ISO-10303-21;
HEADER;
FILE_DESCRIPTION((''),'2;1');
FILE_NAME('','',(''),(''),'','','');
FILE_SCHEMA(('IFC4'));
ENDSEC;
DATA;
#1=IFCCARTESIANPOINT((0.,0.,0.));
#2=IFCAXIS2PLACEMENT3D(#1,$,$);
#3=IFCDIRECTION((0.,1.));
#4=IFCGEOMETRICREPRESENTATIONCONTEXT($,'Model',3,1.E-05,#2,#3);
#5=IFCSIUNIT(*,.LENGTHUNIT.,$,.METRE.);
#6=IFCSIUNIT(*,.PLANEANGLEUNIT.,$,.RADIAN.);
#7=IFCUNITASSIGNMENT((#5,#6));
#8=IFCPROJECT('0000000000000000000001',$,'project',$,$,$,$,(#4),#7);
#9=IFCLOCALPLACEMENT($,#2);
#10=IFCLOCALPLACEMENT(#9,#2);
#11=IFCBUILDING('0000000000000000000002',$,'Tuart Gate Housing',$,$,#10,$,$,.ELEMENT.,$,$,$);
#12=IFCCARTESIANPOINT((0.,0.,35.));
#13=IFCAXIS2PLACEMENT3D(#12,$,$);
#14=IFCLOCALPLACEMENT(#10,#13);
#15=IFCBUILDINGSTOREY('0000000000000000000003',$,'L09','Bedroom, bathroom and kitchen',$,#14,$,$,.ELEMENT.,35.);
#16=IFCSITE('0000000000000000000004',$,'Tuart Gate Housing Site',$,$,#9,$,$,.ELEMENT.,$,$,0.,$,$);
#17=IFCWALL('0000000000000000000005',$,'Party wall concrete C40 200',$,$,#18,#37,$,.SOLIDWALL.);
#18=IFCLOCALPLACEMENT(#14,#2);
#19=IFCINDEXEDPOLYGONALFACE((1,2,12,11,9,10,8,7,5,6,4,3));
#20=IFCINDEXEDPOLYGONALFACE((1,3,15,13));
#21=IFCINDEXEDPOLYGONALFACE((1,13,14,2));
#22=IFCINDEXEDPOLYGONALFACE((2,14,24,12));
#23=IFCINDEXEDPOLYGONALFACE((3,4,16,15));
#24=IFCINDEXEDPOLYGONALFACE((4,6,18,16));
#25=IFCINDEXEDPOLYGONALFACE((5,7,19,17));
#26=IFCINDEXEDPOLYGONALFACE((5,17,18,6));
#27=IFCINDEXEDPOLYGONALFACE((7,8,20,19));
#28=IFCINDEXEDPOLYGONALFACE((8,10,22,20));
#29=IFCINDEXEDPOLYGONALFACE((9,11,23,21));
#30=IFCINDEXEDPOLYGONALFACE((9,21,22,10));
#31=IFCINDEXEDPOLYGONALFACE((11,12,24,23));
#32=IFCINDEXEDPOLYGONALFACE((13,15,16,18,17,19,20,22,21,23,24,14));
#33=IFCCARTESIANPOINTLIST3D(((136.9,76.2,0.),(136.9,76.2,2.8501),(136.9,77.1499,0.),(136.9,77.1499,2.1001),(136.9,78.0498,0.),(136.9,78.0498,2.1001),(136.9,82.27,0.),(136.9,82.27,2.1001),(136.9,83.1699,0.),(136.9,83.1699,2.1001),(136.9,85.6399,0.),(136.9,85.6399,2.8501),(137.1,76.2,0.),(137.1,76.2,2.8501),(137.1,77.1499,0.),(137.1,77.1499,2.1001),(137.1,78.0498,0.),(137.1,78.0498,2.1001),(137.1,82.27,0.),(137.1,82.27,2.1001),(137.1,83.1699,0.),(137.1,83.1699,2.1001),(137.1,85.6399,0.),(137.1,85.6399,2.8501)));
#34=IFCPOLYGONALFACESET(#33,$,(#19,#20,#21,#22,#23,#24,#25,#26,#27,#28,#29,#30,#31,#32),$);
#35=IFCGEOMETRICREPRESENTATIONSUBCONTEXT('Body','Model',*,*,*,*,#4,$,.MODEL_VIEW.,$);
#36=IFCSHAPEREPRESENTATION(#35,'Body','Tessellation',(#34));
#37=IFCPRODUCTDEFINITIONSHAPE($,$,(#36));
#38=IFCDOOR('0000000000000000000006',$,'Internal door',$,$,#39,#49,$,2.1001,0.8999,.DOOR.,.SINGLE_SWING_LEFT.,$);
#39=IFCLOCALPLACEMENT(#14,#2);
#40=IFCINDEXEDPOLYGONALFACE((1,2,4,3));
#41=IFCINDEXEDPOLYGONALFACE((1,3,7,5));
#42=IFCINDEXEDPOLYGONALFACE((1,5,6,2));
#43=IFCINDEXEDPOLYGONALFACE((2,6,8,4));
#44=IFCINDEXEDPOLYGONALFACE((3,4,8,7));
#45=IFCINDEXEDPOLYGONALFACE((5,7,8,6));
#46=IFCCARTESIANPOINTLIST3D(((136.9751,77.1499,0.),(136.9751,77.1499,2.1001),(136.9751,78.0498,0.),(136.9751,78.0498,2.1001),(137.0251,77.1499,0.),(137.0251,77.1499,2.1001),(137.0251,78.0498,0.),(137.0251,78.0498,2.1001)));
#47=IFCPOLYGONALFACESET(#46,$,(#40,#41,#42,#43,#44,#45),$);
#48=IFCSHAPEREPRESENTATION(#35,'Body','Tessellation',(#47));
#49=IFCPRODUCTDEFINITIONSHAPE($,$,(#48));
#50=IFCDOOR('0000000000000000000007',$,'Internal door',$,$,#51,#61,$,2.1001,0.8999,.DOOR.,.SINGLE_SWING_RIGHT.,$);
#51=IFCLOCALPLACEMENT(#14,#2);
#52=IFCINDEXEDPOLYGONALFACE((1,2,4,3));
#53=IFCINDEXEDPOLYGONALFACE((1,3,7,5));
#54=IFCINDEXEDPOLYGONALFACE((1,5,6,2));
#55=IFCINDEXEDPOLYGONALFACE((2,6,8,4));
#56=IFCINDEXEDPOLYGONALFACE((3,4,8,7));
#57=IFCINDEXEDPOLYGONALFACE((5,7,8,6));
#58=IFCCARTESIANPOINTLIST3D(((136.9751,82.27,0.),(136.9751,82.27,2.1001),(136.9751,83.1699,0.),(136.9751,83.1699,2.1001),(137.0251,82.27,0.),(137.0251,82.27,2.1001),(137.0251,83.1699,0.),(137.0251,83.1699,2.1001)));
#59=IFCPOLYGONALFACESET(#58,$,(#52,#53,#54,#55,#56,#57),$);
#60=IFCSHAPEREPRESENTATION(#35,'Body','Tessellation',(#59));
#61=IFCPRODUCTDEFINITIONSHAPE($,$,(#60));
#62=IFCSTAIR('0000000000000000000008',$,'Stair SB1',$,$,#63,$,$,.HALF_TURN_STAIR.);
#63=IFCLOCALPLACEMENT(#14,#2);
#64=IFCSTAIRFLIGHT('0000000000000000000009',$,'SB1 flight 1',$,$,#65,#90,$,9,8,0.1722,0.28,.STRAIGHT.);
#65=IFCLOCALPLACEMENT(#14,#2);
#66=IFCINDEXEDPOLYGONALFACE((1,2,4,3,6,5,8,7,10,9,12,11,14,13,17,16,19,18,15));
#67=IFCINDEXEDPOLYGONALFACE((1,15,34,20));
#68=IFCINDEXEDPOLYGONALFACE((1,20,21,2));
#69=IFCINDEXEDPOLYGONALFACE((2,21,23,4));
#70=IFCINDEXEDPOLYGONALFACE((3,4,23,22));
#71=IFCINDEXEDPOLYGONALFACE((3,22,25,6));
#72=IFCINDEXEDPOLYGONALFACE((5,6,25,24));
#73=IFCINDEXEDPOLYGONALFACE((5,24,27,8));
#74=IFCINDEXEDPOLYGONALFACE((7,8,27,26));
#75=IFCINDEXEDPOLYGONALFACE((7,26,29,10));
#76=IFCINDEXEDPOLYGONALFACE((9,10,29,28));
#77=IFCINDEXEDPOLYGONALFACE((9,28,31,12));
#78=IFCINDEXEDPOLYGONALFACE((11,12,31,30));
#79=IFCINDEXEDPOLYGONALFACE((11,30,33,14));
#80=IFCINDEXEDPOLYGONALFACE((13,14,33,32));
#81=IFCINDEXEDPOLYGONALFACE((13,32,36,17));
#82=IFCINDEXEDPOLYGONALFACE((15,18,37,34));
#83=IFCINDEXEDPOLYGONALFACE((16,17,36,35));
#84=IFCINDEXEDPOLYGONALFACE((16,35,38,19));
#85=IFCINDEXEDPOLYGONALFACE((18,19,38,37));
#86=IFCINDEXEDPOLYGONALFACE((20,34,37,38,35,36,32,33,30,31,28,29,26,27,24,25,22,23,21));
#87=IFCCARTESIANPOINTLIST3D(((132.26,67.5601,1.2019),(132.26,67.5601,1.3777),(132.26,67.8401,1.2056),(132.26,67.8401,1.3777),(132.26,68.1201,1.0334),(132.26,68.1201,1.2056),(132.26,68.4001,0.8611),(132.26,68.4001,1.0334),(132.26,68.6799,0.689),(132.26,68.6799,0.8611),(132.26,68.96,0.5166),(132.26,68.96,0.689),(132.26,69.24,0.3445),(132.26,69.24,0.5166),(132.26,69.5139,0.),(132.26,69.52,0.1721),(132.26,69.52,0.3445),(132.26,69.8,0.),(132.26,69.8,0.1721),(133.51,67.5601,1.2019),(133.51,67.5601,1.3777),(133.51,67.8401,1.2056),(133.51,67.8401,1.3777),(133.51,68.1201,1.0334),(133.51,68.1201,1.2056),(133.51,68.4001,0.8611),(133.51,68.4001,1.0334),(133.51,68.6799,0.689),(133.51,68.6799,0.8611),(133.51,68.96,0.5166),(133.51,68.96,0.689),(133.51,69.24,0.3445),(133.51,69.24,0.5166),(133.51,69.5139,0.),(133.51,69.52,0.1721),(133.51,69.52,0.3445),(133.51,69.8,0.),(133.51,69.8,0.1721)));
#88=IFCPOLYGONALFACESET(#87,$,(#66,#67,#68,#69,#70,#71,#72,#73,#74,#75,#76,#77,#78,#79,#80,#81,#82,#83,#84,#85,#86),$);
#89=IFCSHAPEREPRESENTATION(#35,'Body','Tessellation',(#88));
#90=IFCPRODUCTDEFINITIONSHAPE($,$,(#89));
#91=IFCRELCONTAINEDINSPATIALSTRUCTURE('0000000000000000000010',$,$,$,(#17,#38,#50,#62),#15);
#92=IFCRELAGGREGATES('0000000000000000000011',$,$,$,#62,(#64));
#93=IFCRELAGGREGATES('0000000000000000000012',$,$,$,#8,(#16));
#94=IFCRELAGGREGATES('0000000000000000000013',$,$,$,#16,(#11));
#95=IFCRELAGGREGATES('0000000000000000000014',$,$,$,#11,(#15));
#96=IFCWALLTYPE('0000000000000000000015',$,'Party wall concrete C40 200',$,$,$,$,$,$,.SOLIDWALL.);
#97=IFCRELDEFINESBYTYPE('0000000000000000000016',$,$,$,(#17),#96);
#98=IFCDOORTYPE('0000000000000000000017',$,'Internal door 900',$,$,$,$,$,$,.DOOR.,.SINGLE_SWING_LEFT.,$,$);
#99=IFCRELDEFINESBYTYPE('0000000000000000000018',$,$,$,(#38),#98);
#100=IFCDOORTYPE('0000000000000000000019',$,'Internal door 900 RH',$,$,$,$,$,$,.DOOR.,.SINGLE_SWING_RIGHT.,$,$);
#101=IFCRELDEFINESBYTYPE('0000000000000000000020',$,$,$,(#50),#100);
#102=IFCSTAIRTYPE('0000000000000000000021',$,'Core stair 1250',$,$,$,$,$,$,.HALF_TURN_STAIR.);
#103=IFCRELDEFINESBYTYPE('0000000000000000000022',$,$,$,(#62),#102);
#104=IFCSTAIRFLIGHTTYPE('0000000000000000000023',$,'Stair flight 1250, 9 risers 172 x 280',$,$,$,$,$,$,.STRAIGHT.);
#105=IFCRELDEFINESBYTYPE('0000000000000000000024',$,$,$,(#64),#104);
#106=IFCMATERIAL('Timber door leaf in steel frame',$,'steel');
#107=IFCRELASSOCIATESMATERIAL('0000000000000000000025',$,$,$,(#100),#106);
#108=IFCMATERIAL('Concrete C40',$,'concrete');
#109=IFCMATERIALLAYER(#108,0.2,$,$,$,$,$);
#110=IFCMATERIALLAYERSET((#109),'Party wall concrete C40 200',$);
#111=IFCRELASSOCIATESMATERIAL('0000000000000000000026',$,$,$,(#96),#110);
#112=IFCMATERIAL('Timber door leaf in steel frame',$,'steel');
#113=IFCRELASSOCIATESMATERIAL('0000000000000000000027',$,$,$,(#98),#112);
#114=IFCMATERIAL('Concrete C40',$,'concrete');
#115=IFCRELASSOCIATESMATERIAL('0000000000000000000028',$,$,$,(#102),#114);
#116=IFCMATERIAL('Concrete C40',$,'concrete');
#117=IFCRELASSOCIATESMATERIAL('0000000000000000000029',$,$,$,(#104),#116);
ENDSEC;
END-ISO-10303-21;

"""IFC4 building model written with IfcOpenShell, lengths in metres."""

from ifc_helpers import new_model, si_unit, direction, frame, frame_2d, origin, place, context, subcontext, project, spatial, polyline, rectangle, outline, extrude, material, layer, layer_set, type_object, element, fill, aggregate, save


model = new_model("IFC4")

# Units and contexts
model_context = context("Model", 3, precision=1e-05, world=origin(), true_north=direction((0.0, 1.0)))
body_context = subcontext(model_context, "Body", "Model", "MODEL_VIEW")
ifc_project = project(units=[si_unit("LENGTHUNIT", "METRE"), si_unit("PLANEANGLEUNIT", "RADIAN")], contexts=[model_context])

# Site, building, storey
site_placement = place(None, origin())
site = spatial("IfcSite", under=ifc_project, at=site_placement, Name="Tuart Gate Housing Site", CompositionType="ELEMENT", RefElevation=0.0)
building_placement = place(site_placement, origin())
building = spatial("IfcBuilding", under=site, at=building_placement, Name="Tuart Gate Housing", CompositionType="ELEMENT")
storey_placement = place(building_placement, frame((0.0, 0.0, 35.0)))
storey = spatial("IfcBuildingStorey", under=building, at=storey_placement, Name="L09", Description="Bedroom, bathroom and kitchen", CompositionType="ELEMENT", Elevation=35.0)

# Wall, openings, doors
ifc_material_1 = material(Name="Timber door leaf in steel frame", Category="steel")
door_type_1 = type_object("IfcDoorType", Name="Internal door 900 RH", OperationType="SINGLE_SWING_RIGHT", PredefinedType="DOOR", material=ifc_material_1)
ifc_material_2 = material(Name="Concrete C40", Category="concrete")
ifc_layer_1 = layer(ifc_material_2, 0.2)
ifc_layer_set_1 = layer_set([ifc_layer_1], Name="Party wall concrete C40 200")
wall_type_1 = type_object("IfcWallType", Name="Party wall concrete C40 200", PredefinedType="SOLIDWALL", material=ifc_layer_set_1)
wall_1_placement = place(storey_placement, frame((137.0, 76.2, 0.0), z_axis=(0.0, 0.0, 1.0), x_axis=(0.0, 1.0, 0.0)))
wall_1 = element("IfcWall", 1, at=wall_1_placement, inside=storey, type_object=wall_type_1, Name="Party wall concrete C40 200", PredefinedType="SOLIDWALL", context=body_context, shape_type="SweptSolid", body=[
    extrude(rectangle(XDim=9.4399, YDim=0.2, at=frame_2d((4.72, 0.0))), origin(), (0.0, 0.0, 1.0), 2.8501),
])
opening_1_placement = place(wall_1_placement, frame((6.0701, 0.0, 0.0)))
opening_1 = element("IfcOpeningElement", 2, at=opening_1_placement, cuts=wall_1, PredefinedType="OPENING", context=body_context, shape_type="SweptSolid", body=[
    extrude(rectangle(XDim=0.8999, YDim=2.1001, at=frame_2d((0.45, 1.05))), frame((0.0, 0.1099, 0.0), z_axis=(0.0, -1.0, 0.0), x_axis=(1.0, 0.0, 0.0)), (0.0, 0.0, 1.0), 0.22),
])
opening_2_placement = place(wall_1_placement, frame((0.95, 0.0, 0.0)))
opening_2 = element("IfcOpeningElement", 3, at=opening_2_placement, cuts=wall_1, PredefinedType="OPENING", context=body_context, shape_type="SweptSolid", body=[
    extrude(rectangle(XDim=0.8999, YDim=2.1001, at=frame_2d((0.45, 1.05))), frame((0.0, 0.1099, 0.0), z_axis=(0.0, -1.0, 0.0), x_axis=(1.0, 0.0, 0.0)), (0.0, 0.0, 1.0), 0.22),
])
ifc_material_3 = material(Name="Timber door leaf in steel frame", Category="steel")
door_type_2 = type_object("IfcDoorType", Name="Internal door 900", OperationType="SINGLE_SWING_LEFT", PredefinedType="DOOR", material=ifc_material_3)
door_1_placement = place(opening_2_placement, origin())
door_1 = element("IfcDoor", 4, at=door_1_placement, inside=storey, type_object=door_type_2, Name="Internal door", OperationType="SINGLE_SWING_LEFT", OverallHeight=2.1001, OverallWidth=0.8999, PredefinedType="DOOR", context=body_context, shape_type="SweptSolid", body=[
    extrude(rectangle(XDim=0.8999, YDim=2.1001, at=frame_2d((0.45, 1.05))), frame((0.0, 0.0249, 0.0), z_axis=(0.0, -1.0, 0.0), x_axis=(1.0, 0.0, 0.0)), (0.0, 0.0, 1.0), 0.05),
])
fill(opening_2, door_1)
door_2_placement = place(opening_1_placement, origin())
door_2 = element("IfcDoor", 5, at=door_2_placement, inside=storey, type_object=door_type_1, Name="Internal door", OperationType="SINGLE_SWING_RIGHT", OverallHeight=2.1001, OverallWidth=0.8999, PredefinedType="DOOR", context=body_context, shape_type="SweptSolid", body=[
    extrude(rectangle(XDim=0.8999, YDim=2.1001, at=frame_2d((0.45, 1.05))), frame((0.0, 0.0249, 0.0), z_axis=(0.0, -1.0, 0.0), x_axis=(1.0, 0.0, 0.0)), (0.0, 0.0, 1.0), 0.05),
])
fill(opening_1, door_2)

# Stair, stair flight
ifc_material_4 = material(Name="Concrete C40", Category="concrete")
stair_type = type_object("IfcStairType", Name="Core stair 1250", PredefinedType="HALF_TURN_STAIR", material=ifc_material_4)
stair_placement = place(storey_placement, origin())
stair = element("IfcStair", 6, at=stair_placement, inside=storey, type_object=stair_type, Name="Stair SB1", PredefinedType="HALF_TURN_STAIR")
ifc_material_5 = material(Name="Concrete C40", Category="concrete")
stair_flight_type = type_object("IfcStairFlightType", Name="Stair flight 1250, 9 risers 172 x 280", PredefinedType="STRAIGHT", material=ifc_material_5)
stair_flight_placement = place(storey_placement, frame((132.885, 69.8, 0.0), z_axis=(0.0, 0.0, 1.0), x_axis=(0.0, -1.0, 0.0)))
stair_flight = element("IfcStairFlight", 7, at=stair_flight_placement, type_object=stair_flight_type, Name="SB1 flight 1", NumberOfRisers=9, NumberOfTreads=8, PredefinedType="STRAIGHT", RiserHeight=0.1722, TreadLength=0.28, context=body_context, shape_type="SweptSolid", body=[
    extrude(outline(polyline([(0.0, 0.0), (0.0, 0.1721), (0.28, 0.1721), (0.28, 0.3445), (0.5601, 0.3445), (0.5601, 0.5166), (0.8401, 0.5166), (0.8401, 0.689), (1.1201, 0.689), (1.1201, 0.8611), (1.3999, 0.8611), (1.3999, 1.0334), (1.6799, 1.0334), (1.6799, 1.2056), (1.96, 1.2056), (1.96, 1.3777), (2.24, 1.3777), (2.24, 1.55), (2.24, 1.2019), (0.2861, 0.0), (0.0, 0.0)])), frame((0.0, 0.625, 0.0), z_axis=(0.0, -1.0, 0.0), x_axis=(1.0, 0.0, 0.0)), (0.0, 0.0, 1.0), 1.25),
])
aggregate(stair, [stair_flight])

save(model, "model.ifc")
